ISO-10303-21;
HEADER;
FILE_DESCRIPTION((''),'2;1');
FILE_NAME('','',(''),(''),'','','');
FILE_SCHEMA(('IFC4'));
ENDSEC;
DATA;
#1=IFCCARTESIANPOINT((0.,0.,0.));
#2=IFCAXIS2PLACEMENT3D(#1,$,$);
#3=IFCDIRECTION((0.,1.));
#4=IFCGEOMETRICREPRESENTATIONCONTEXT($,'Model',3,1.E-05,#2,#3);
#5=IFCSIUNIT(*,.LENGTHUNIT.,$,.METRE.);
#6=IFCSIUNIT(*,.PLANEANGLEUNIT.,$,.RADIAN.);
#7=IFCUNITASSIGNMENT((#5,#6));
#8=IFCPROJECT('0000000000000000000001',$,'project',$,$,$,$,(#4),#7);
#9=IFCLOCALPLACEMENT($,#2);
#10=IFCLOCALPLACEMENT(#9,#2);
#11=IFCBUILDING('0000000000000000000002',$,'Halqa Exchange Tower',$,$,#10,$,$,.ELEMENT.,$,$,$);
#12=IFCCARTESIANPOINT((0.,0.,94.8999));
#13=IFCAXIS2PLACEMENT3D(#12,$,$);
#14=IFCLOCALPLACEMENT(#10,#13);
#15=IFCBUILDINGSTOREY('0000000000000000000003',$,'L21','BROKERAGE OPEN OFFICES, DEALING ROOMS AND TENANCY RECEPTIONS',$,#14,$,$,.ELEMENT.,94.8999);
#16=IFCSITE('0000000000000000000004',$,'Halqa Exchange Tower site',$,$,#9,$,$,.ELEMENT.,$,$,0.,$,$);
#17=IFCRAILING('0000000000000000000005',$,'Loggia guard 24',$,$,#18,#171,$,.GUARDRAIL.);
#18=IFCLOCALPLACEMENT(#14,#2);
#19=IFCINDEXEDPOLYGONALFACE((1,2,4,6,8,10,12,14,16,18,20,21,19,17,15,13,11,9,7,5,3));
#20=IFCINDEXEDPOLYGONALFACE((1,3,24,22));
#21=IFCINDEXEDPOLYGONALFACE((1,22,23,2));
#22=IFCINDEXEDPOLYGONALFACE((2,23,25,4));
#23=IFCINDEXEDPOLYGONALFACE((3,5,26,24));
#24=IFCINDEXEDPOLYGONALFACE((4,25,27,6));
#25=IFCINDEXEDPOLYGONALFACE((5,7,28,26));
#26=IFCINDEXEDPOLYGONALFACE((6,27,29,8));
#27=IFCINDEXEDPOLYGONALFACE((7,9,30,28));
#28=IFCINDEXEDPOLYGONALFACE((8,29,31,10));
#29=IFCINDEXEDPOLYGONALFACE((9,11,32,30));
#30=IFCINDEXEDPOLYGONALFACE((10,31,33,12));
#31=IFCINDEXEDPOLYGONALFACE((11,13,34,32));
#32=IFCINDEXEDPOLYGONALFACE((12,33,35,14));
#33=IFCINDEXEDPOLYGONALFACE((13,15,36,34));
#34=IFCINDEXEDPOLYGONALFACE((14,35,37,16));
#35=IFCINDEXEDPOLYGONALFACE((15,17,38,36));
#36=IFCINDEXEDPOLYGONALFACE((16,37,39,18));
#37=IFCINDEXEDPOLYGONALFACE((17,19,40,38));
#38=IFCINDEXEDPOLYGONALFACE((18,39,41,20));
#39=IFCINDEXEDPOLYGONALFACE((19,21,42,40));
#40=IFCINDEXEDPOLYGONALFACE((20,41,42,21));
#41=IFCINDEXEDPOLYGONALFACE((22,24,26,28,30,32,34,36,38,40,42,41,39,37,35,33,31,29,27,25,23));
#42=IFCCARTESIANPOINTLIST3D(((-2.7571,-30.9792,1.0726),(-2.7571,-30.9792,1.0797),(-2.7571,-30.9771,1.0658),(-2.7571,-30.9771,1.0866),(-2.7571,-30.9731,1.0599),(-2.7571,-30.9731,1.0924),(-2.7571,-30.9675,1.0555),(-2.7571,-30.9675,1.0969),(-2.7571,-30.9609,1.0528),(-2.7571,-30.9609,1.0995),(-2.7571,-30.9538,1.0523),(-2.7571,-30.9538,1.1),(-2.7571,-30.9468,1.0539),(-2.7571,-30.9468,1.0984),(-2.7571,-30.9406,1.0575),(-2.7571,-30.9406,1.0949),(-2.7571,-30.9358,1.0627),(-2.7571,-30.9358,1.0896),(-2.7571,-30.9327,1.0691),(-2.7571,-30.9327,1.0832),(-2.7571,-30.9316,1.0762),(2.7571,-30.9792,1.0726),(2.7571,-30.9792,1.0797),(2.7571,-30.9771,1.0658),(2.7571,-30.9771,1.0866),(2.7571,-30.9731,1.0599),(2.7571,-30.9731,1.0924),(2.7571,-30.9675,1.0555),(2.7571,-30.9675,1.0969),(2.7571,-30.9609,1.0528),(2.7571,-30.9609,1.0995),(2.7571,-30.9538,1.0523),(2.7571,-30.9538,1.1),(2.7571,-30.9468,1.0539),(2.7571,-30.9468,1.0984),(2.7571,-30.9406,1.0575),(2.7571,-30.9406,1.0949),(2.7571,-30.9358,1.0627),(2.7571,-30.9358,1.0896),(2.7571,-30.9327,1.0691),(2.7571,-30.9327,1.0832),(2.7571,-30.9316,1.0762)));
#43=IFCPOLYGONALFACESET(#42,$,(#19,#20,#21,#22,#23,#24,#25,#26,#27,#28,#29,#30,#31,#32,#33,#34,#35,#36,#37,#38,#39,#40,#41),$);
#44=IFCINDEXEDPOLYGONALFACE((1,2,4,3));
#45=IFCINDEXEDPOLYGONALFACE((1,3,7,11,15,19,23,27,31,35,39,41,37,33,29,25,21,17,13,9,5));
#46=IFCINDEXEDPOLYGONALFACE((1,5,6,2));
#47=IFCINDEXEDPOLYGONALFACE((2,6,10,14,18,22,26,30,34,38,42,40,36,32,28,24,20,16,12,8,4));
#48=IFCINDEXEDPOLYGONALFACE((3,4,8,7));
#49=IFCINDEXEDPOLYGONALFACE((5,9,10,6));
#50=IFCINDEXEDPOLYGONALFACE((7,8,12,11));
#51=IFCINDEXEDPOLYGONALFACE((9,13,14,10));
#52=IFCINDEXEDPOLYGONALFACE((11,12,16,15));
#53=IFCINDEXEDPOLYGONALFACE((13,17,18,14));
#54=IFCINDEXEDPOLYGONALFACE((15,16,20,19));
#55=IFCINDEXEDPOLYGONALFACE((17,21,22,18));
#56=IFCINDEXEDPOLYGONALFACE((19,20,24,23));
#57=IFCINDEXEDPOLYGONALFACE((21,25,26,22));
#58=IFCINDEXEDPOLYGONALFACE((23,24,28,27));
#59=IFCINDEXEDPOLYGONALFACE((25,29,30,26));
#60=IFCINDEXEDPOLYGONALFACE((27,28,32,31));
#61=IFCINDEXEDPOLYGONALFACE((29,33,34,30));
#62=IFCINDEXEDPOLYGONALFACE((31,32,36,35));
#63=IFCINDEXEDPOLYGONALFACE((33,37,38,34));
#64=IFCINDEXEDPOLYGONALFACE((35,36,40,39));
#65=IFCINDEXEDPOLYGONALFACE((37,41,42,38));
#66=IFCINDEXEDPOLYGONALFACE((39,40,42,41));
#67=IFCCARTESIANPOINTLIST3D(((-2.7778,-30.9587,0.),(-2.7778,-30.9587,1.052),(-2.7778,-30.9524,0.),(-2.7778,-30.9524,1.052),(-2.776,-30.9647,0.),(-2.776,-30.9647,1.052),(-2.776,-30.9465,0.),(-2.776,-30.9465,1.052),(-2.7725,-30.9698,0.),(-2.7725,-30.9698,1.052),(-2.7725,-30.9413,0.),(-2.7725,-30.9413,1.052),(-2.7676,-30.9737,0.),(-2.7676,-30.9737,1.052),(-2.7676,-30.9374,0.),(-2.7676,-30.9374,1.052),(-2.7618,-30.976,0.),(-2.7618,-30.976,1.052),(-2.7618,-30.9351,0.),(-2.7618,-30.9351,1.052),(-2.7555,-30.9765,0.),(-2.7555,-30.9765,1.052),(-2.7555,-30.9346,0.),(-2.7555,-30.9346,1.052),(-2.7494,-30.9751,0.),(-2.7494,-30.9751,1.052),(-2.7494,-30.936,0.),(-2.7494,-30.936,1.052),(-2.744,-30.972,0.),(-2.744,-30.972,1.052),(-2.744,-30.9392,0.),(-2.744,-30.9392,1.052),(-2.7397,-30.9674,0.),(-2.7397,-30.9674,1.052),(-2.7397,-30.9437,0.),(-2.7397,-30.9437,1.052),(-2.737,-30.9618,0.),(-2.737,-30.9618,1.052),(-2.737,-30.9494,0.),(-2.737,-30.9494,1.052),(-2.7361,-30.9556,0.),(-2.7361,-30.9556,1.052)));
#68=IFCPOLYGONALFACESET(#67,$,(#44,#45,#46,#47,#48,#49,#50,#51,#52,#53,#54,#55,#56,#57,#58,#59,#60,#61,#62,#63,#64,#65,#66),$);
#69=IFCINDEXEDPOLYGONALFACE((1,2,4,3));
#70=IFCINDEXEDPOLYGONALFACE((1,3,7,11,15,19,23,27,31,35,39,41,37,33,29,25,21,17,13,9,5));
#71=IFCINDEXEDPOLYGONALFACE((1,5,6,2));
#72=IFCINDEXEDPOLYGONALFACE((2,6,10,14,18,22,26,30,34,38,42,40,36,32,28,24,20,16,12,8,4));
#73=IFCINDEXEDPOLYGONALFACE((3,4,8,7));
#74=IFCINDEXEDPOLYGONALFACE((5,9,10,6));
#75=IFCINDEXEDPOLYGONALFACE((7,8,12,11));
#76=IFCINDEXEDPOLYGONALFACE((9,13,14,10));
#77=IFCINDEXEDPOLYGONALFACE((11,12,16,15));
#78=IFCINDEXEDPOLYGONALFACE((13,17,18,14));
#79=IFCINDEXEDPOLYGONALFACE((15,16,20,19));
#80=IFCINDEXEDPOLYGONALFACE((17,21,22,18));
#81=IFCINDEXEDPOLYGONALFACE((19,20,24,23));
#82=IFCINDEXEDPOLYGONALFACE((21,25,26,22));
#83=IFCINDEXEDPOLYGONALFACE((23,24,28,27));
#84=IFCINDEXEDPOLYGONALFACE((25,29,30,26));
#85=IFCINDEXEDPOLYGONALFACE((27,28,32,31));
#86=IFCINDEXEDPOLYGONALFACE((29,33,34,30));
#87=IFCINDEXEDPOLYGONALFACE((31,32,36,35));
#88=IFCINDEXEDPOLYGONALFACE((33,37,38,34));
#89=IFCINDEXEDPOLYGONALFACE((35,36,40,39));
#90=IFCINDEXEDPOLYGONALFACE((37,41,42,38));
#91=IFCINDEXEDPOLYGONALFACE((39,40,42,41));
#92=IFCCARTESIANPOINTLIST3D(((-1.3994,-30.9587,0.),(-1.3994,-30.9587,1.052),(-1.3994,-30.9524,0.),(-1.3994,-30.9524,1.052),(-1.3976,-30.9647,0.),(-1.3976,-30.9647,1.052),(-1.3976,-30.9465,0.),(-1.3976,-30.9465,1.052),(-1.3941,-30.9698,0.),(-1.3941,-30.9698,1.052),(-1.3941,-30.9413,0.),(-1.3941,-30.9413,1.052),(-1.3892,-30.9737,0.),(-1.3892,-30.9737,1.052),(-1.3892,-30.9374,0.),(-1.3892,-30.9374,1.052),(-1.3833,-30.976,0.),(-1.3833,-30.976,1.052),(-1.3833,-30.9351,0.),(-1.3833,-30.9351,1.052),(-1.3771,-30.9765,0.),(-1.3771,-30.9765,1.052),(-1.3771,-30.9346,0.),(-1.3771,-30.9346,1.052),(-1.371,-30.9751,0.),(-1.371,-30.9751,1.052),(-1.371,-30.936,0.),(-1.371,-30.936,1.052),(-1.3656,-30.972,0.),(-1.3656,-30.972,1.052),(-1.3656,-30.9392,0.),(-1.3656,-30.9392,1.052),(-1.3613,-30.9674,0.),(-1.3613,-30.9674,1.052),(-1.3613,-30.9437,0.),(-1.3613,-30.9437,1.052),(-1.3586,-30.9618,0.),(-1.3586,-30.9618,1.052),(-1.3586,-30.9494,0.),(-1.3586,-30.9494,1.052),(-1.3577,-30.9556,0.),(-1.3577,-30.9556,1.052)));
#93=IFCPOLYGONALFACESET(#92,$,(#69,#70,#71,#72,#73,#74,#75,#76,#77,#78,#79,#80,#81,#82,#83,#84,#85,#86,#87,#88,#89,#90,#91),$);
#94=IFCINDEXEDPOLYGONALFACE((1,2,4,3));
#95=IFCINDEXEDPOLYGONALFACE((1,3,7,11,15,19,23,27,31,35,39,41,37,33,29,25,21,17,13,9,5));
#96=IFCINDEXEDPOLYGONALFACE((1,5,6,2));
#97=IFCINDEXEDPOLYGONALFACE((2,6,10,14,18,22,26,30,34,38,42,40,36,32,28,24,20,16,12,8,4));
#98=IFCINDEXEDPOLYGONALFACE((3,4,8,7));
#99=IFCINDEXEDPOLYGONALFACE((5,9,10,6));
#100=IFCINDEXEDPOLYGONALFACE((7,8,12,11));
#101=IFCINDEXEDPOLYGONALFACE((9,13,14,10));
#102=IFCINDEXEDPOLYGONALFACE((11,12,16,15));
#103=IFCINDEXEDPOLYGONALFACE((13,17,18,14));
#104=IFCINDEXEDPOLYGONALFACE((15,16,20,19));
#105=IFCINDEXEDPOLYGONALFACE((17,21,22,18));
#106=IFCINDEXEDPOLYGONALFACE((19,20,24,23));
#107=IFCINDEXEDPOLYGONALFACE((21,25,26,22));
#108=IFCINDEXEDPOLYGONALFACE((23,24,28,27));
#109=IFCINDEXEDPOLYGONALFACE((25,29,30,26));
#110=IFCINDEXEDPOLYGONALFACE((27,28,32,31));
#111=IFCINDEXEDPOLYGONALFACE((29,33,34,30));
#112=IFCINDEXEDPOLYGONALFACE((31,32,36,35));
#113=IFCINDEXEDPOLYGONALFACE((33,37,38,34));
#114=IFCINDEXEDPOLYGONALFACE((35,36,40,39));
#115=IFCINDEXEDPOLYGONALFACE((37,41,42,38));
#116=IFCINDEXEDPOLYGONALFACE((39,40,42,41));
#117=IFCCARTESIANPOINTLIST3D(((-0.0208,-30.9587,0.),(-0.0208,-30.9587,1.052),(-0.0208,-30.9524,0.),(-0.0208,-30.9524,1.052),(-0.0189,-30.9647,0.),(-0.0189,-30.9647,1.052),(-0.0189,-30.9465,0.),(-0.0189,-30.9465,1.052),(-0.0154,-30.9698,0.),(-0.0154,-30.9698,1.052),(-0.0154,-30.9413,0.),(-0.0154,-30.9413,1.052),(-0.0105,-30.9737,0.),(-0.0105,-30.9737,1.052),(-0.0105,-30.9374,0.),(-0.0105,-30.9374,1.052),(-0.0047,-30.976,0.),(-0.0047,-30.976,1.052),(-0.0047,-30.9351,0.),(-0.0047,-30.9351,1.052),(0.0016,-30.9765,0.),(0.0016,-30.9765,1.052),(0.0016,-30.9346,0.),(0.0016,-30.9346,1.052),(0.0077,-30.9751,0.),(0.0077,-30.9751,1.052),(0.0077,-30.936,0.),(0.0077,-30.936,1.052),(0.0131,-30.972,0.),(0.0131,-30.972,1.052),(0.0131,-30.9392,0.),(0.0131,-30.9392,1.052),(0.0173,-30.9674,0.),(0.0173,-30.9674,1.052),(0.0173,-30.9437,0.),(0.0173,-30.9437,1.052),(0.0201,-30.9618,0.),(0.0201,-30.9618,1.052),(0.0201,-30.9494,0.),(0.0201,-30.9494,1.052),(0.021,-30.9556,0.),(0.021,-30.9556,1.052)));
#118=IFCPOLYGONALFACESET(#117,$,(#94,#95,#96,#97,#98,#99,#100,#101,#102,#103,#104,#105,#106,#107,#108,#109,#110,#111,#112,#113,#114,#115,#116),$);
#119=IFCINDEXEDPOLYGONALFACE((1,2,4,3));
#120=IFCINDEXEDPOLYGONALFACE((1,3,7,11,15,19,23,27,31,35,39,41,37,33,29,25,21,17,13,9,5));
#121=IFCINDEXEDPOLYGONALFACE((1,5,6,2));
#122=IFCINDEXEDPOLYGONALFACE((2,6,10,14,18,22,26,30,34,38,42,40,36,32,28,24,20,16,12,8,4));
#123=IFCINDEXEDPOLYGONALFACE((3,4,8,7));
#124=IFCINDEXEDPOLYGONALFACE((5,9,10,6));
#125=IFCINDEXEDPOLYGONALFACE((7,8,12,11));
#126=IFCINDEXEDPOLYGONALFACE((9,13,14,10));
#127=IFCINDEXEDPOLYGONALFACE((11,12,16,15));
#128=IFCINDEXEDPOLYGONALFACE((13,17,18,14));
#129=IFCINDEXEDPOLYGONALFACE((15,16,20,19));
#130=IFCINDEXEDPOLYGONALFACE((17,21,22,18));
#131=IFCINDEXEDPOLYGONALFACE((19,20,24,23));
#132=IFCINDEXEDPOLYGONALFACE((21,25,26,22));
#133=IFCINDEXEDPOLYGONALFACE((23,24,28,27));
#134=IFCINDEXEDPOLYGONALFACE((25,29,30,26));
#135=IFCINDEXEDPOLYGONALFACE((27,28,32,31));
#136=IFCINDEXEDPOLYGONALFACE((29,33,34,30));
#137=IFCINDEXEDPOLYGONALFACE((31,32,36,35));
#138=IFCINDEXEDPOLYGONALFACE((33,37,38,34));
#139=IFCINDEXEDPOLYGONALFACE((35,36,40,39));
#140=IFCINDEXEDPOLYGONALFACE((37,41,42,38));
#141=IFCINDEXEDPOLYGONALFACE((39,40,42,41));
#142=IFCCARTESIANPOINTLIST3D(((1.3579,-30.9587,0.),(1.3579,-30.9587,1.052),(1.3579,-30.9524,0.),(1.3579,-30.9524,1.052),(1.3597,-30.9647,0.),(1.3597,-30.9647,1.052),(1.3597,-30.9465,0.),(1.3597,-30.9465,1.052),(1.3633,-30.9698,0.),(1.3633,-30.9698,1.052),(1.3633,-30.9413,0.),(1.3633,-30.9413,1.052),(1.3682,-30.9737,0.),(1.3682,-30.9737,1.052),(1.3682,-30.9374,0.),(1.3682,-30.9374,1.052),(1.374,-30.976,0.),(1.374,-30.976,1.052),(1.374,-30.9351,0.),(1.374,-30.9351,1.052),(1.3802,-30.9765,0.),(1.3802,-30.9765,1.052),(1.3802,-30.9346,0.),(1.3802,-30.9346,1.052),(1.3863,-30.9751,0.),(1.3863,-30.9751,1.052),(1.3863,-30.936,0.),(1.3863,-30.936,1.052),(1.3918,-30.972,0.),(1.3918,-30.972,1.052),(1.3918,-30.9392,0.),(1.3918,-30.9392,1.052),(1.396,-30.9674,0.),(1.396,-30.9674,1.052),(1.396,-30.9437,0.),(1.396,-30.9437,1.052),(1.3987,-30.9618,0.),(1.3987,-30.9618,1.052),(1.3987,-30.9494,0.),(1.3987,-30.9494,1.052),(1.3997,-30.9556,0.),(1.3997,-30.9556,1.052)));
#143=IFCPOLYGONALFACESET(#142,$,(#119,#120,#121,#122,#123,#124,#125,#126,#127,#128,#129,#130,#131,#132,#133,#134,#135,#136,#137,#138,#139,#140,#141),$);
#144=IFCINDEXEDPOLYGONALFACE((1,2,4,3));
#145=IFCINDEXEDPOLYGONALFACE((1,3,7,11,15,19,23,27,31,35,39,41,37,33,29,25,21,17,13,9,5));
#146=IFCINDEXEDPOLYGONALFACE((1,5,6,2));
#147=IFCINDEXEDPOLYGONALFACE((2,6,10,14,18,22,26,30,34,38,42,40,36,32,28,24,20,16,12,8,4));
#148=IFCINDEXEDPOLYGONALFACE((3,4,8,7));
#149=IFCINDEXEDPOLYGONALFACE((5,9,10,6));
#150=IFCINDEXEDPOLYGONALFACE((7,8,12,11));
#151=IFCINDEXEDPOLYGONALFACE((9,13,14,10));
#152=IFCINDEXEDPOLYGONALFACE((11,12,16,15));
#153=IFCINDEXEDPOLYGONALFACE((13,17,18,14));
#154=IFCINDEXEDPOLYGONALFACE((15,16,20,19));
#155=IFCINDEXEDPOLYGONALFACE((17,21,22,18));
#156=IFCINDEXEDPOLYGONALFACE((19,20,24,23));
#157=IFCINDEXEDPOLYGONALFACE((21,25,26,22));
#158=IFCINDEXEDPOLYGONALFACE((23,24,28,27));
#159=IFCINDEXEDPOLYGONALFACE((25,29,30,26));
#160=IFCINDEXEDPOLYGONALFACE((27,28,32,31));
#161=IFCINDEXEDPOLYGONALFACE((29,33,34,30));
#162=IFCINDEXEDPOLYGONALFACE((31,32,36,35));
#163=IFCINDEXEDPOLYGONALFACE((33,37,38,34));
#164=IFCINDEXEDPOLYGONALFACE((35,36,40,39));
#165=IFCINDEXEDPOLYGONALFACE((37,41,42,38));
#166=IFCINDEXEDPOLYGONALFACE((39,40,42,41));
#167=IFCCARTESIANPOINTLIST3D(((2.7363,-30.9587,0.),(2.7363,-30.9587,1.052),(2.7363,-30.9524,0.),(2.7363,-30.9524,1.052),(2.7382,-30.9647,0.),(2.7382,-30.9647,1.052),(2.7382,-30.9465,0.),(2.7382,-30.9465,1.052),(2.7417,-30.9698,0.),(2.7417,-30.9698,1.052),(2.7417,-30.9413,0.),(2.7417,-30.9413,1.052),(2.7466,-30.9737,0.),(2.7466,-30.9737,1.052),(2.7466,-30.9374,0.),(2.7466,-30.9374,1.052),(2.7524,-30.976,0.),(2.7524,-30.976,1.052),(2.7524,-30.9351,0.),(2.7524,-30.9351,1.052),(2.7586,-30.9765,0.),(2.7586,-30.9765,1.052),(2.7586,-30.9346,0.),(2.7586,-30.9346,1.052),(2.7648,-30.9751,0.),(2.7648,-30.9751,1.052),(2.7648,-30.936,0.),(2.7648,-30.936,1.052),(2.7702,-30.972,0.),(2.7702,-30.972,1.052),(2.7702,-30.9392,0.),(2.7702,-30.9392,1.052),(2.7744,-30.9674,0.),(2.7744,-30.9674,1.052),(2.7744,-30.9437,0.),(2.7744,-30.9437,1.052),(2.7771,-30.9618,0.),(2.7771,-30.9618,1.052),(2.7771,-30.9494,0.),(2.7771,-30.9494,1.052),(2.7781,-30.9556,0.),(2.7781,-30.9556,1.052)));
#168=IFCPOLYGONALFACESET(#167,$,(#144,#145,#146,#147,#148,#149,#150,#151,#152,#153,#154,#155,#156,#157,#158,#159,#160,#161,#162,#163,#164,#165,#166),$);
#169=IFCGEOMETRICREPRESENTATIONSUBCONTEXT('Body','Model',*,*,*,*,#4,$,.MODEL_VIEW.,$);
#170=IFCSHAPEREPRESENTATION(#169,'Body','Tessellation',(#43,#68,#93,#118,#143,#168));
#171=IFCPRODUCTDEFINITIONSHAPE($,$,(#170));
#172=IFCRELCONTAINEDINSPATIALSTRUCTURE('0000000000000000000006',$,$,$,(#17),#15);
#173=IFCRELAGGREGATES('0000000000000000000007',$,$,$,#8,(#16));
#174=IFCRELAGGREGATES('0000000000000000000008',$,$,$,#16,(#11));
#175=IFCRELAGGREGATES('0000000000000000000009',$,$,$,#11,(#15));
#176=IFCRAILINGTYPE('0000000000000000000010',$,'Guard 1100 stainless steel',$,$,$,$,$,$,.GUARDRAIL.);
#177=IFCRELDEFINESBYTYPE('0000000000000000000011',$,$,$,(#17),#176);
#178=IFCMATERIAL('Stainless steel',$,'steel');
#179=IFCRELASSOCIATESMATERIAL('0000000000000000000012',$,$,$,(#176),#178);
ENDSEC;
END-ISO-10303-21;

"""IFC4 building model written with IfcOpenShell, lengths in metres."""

from ifc_helpers import new_model, si_unit, direction, frame, origin, origin_2d, place, context, subcontext, project, spatial, circle, extrude, material, type_object, element, save


model = new_model("IFC4")

# Units and contexts
model_context = context("Model", 3, precision=1e-05, world=origin(), true_north=direction((0.0, 1.0)))
body_context = subcontext(model_context, "Body", "Model", "MODEL_VIEW")
ifc_project = project(units=[si_unit("LENGTHUNIT", "METRE"), si_unit("PLANEANGLEUNIT", "RADIAN")], contexts=[model_context])

# Site, building, storey
site_placement = place(None, origin())
site = spatial("IfcSite", under=ifc_project, at=site_placement, Name="Halqa Exchange Tower site", CompositionType="ELEMENT", RefElevation=0.0)
building_placement = place(site_placement, origin())
building = spatial("IfcBuilding", under=site, at=building_placement, Name="Halqa Exchange Tower", CompositionType="ELEMENT")
storey_placement = place(building_placement, frame((0.0, 0.0, 94.8999)))
storey = spatial("IfcBuildingStorey", under=building, at=storey_placement, Name="L21", Description="BROKERAGE OPEN OFFICES, DEALING ROOMS AND TENANCY RECEPTIONS", CompositionType="ELEMENT", Elevation=94.8999)

# Railing
ifc_material_1 = material(Name="Stainless steel", Category="steel")
railing_type = type_object("IfcRailingType", Name="Guard 1100 stainless steel", PredefinedType="GUARDRAIL", material=ifc_material_1)
railing_1_placement = place(storey_placement, frame((-2.7571, -30.9556, 0.0)))
element("IfcRailing", 1, at=railing_1_placement, inside=storey, type_object=railing_type, Name="Loggia guard 24", PredefinedType="GUARDRAIL", context=body_context, shape_type="SweptSolid", body=[
    extrude(circle(Radius=0.0239, at=origin_2d()), frame((0.0, 0.0, 1.0762), z_axis=(1.0, 0.0, 0.0), x_axis=(0.0, 1.0, 0.0)), (0.0, 0.0, 1.0), 5.5142),
    extrude(circle(Radius=0.021, at=origin_2d()), origin(), (0.0, 0.0, 1.0), 1.052),
    extrude(circle(Radius=0.021, at=origin_2d()), frame((1.3784, 0.0, 0.0)), (0.0, 0.0, 1.0), 1.052),
    extrude(circle(Radius=0.021, at=origin_2d()), frame((2.7571, 0.0, 0.0)), (0.0, 0.0, 1.0), 1.052),
    extrude(circle(Radius=0.021, at=origin_2d()), frame((4.1357, 0.0, 0.0)), (0.0, 0.0, 1.0), 1.052),
    extrude(circle(Radius=0.021, at=origin_2d()), frame((5.5142, 0.0, 0.0)), (0.0, 0.0, 1.0), 1.052),
])

save(model, "model.ifc")
